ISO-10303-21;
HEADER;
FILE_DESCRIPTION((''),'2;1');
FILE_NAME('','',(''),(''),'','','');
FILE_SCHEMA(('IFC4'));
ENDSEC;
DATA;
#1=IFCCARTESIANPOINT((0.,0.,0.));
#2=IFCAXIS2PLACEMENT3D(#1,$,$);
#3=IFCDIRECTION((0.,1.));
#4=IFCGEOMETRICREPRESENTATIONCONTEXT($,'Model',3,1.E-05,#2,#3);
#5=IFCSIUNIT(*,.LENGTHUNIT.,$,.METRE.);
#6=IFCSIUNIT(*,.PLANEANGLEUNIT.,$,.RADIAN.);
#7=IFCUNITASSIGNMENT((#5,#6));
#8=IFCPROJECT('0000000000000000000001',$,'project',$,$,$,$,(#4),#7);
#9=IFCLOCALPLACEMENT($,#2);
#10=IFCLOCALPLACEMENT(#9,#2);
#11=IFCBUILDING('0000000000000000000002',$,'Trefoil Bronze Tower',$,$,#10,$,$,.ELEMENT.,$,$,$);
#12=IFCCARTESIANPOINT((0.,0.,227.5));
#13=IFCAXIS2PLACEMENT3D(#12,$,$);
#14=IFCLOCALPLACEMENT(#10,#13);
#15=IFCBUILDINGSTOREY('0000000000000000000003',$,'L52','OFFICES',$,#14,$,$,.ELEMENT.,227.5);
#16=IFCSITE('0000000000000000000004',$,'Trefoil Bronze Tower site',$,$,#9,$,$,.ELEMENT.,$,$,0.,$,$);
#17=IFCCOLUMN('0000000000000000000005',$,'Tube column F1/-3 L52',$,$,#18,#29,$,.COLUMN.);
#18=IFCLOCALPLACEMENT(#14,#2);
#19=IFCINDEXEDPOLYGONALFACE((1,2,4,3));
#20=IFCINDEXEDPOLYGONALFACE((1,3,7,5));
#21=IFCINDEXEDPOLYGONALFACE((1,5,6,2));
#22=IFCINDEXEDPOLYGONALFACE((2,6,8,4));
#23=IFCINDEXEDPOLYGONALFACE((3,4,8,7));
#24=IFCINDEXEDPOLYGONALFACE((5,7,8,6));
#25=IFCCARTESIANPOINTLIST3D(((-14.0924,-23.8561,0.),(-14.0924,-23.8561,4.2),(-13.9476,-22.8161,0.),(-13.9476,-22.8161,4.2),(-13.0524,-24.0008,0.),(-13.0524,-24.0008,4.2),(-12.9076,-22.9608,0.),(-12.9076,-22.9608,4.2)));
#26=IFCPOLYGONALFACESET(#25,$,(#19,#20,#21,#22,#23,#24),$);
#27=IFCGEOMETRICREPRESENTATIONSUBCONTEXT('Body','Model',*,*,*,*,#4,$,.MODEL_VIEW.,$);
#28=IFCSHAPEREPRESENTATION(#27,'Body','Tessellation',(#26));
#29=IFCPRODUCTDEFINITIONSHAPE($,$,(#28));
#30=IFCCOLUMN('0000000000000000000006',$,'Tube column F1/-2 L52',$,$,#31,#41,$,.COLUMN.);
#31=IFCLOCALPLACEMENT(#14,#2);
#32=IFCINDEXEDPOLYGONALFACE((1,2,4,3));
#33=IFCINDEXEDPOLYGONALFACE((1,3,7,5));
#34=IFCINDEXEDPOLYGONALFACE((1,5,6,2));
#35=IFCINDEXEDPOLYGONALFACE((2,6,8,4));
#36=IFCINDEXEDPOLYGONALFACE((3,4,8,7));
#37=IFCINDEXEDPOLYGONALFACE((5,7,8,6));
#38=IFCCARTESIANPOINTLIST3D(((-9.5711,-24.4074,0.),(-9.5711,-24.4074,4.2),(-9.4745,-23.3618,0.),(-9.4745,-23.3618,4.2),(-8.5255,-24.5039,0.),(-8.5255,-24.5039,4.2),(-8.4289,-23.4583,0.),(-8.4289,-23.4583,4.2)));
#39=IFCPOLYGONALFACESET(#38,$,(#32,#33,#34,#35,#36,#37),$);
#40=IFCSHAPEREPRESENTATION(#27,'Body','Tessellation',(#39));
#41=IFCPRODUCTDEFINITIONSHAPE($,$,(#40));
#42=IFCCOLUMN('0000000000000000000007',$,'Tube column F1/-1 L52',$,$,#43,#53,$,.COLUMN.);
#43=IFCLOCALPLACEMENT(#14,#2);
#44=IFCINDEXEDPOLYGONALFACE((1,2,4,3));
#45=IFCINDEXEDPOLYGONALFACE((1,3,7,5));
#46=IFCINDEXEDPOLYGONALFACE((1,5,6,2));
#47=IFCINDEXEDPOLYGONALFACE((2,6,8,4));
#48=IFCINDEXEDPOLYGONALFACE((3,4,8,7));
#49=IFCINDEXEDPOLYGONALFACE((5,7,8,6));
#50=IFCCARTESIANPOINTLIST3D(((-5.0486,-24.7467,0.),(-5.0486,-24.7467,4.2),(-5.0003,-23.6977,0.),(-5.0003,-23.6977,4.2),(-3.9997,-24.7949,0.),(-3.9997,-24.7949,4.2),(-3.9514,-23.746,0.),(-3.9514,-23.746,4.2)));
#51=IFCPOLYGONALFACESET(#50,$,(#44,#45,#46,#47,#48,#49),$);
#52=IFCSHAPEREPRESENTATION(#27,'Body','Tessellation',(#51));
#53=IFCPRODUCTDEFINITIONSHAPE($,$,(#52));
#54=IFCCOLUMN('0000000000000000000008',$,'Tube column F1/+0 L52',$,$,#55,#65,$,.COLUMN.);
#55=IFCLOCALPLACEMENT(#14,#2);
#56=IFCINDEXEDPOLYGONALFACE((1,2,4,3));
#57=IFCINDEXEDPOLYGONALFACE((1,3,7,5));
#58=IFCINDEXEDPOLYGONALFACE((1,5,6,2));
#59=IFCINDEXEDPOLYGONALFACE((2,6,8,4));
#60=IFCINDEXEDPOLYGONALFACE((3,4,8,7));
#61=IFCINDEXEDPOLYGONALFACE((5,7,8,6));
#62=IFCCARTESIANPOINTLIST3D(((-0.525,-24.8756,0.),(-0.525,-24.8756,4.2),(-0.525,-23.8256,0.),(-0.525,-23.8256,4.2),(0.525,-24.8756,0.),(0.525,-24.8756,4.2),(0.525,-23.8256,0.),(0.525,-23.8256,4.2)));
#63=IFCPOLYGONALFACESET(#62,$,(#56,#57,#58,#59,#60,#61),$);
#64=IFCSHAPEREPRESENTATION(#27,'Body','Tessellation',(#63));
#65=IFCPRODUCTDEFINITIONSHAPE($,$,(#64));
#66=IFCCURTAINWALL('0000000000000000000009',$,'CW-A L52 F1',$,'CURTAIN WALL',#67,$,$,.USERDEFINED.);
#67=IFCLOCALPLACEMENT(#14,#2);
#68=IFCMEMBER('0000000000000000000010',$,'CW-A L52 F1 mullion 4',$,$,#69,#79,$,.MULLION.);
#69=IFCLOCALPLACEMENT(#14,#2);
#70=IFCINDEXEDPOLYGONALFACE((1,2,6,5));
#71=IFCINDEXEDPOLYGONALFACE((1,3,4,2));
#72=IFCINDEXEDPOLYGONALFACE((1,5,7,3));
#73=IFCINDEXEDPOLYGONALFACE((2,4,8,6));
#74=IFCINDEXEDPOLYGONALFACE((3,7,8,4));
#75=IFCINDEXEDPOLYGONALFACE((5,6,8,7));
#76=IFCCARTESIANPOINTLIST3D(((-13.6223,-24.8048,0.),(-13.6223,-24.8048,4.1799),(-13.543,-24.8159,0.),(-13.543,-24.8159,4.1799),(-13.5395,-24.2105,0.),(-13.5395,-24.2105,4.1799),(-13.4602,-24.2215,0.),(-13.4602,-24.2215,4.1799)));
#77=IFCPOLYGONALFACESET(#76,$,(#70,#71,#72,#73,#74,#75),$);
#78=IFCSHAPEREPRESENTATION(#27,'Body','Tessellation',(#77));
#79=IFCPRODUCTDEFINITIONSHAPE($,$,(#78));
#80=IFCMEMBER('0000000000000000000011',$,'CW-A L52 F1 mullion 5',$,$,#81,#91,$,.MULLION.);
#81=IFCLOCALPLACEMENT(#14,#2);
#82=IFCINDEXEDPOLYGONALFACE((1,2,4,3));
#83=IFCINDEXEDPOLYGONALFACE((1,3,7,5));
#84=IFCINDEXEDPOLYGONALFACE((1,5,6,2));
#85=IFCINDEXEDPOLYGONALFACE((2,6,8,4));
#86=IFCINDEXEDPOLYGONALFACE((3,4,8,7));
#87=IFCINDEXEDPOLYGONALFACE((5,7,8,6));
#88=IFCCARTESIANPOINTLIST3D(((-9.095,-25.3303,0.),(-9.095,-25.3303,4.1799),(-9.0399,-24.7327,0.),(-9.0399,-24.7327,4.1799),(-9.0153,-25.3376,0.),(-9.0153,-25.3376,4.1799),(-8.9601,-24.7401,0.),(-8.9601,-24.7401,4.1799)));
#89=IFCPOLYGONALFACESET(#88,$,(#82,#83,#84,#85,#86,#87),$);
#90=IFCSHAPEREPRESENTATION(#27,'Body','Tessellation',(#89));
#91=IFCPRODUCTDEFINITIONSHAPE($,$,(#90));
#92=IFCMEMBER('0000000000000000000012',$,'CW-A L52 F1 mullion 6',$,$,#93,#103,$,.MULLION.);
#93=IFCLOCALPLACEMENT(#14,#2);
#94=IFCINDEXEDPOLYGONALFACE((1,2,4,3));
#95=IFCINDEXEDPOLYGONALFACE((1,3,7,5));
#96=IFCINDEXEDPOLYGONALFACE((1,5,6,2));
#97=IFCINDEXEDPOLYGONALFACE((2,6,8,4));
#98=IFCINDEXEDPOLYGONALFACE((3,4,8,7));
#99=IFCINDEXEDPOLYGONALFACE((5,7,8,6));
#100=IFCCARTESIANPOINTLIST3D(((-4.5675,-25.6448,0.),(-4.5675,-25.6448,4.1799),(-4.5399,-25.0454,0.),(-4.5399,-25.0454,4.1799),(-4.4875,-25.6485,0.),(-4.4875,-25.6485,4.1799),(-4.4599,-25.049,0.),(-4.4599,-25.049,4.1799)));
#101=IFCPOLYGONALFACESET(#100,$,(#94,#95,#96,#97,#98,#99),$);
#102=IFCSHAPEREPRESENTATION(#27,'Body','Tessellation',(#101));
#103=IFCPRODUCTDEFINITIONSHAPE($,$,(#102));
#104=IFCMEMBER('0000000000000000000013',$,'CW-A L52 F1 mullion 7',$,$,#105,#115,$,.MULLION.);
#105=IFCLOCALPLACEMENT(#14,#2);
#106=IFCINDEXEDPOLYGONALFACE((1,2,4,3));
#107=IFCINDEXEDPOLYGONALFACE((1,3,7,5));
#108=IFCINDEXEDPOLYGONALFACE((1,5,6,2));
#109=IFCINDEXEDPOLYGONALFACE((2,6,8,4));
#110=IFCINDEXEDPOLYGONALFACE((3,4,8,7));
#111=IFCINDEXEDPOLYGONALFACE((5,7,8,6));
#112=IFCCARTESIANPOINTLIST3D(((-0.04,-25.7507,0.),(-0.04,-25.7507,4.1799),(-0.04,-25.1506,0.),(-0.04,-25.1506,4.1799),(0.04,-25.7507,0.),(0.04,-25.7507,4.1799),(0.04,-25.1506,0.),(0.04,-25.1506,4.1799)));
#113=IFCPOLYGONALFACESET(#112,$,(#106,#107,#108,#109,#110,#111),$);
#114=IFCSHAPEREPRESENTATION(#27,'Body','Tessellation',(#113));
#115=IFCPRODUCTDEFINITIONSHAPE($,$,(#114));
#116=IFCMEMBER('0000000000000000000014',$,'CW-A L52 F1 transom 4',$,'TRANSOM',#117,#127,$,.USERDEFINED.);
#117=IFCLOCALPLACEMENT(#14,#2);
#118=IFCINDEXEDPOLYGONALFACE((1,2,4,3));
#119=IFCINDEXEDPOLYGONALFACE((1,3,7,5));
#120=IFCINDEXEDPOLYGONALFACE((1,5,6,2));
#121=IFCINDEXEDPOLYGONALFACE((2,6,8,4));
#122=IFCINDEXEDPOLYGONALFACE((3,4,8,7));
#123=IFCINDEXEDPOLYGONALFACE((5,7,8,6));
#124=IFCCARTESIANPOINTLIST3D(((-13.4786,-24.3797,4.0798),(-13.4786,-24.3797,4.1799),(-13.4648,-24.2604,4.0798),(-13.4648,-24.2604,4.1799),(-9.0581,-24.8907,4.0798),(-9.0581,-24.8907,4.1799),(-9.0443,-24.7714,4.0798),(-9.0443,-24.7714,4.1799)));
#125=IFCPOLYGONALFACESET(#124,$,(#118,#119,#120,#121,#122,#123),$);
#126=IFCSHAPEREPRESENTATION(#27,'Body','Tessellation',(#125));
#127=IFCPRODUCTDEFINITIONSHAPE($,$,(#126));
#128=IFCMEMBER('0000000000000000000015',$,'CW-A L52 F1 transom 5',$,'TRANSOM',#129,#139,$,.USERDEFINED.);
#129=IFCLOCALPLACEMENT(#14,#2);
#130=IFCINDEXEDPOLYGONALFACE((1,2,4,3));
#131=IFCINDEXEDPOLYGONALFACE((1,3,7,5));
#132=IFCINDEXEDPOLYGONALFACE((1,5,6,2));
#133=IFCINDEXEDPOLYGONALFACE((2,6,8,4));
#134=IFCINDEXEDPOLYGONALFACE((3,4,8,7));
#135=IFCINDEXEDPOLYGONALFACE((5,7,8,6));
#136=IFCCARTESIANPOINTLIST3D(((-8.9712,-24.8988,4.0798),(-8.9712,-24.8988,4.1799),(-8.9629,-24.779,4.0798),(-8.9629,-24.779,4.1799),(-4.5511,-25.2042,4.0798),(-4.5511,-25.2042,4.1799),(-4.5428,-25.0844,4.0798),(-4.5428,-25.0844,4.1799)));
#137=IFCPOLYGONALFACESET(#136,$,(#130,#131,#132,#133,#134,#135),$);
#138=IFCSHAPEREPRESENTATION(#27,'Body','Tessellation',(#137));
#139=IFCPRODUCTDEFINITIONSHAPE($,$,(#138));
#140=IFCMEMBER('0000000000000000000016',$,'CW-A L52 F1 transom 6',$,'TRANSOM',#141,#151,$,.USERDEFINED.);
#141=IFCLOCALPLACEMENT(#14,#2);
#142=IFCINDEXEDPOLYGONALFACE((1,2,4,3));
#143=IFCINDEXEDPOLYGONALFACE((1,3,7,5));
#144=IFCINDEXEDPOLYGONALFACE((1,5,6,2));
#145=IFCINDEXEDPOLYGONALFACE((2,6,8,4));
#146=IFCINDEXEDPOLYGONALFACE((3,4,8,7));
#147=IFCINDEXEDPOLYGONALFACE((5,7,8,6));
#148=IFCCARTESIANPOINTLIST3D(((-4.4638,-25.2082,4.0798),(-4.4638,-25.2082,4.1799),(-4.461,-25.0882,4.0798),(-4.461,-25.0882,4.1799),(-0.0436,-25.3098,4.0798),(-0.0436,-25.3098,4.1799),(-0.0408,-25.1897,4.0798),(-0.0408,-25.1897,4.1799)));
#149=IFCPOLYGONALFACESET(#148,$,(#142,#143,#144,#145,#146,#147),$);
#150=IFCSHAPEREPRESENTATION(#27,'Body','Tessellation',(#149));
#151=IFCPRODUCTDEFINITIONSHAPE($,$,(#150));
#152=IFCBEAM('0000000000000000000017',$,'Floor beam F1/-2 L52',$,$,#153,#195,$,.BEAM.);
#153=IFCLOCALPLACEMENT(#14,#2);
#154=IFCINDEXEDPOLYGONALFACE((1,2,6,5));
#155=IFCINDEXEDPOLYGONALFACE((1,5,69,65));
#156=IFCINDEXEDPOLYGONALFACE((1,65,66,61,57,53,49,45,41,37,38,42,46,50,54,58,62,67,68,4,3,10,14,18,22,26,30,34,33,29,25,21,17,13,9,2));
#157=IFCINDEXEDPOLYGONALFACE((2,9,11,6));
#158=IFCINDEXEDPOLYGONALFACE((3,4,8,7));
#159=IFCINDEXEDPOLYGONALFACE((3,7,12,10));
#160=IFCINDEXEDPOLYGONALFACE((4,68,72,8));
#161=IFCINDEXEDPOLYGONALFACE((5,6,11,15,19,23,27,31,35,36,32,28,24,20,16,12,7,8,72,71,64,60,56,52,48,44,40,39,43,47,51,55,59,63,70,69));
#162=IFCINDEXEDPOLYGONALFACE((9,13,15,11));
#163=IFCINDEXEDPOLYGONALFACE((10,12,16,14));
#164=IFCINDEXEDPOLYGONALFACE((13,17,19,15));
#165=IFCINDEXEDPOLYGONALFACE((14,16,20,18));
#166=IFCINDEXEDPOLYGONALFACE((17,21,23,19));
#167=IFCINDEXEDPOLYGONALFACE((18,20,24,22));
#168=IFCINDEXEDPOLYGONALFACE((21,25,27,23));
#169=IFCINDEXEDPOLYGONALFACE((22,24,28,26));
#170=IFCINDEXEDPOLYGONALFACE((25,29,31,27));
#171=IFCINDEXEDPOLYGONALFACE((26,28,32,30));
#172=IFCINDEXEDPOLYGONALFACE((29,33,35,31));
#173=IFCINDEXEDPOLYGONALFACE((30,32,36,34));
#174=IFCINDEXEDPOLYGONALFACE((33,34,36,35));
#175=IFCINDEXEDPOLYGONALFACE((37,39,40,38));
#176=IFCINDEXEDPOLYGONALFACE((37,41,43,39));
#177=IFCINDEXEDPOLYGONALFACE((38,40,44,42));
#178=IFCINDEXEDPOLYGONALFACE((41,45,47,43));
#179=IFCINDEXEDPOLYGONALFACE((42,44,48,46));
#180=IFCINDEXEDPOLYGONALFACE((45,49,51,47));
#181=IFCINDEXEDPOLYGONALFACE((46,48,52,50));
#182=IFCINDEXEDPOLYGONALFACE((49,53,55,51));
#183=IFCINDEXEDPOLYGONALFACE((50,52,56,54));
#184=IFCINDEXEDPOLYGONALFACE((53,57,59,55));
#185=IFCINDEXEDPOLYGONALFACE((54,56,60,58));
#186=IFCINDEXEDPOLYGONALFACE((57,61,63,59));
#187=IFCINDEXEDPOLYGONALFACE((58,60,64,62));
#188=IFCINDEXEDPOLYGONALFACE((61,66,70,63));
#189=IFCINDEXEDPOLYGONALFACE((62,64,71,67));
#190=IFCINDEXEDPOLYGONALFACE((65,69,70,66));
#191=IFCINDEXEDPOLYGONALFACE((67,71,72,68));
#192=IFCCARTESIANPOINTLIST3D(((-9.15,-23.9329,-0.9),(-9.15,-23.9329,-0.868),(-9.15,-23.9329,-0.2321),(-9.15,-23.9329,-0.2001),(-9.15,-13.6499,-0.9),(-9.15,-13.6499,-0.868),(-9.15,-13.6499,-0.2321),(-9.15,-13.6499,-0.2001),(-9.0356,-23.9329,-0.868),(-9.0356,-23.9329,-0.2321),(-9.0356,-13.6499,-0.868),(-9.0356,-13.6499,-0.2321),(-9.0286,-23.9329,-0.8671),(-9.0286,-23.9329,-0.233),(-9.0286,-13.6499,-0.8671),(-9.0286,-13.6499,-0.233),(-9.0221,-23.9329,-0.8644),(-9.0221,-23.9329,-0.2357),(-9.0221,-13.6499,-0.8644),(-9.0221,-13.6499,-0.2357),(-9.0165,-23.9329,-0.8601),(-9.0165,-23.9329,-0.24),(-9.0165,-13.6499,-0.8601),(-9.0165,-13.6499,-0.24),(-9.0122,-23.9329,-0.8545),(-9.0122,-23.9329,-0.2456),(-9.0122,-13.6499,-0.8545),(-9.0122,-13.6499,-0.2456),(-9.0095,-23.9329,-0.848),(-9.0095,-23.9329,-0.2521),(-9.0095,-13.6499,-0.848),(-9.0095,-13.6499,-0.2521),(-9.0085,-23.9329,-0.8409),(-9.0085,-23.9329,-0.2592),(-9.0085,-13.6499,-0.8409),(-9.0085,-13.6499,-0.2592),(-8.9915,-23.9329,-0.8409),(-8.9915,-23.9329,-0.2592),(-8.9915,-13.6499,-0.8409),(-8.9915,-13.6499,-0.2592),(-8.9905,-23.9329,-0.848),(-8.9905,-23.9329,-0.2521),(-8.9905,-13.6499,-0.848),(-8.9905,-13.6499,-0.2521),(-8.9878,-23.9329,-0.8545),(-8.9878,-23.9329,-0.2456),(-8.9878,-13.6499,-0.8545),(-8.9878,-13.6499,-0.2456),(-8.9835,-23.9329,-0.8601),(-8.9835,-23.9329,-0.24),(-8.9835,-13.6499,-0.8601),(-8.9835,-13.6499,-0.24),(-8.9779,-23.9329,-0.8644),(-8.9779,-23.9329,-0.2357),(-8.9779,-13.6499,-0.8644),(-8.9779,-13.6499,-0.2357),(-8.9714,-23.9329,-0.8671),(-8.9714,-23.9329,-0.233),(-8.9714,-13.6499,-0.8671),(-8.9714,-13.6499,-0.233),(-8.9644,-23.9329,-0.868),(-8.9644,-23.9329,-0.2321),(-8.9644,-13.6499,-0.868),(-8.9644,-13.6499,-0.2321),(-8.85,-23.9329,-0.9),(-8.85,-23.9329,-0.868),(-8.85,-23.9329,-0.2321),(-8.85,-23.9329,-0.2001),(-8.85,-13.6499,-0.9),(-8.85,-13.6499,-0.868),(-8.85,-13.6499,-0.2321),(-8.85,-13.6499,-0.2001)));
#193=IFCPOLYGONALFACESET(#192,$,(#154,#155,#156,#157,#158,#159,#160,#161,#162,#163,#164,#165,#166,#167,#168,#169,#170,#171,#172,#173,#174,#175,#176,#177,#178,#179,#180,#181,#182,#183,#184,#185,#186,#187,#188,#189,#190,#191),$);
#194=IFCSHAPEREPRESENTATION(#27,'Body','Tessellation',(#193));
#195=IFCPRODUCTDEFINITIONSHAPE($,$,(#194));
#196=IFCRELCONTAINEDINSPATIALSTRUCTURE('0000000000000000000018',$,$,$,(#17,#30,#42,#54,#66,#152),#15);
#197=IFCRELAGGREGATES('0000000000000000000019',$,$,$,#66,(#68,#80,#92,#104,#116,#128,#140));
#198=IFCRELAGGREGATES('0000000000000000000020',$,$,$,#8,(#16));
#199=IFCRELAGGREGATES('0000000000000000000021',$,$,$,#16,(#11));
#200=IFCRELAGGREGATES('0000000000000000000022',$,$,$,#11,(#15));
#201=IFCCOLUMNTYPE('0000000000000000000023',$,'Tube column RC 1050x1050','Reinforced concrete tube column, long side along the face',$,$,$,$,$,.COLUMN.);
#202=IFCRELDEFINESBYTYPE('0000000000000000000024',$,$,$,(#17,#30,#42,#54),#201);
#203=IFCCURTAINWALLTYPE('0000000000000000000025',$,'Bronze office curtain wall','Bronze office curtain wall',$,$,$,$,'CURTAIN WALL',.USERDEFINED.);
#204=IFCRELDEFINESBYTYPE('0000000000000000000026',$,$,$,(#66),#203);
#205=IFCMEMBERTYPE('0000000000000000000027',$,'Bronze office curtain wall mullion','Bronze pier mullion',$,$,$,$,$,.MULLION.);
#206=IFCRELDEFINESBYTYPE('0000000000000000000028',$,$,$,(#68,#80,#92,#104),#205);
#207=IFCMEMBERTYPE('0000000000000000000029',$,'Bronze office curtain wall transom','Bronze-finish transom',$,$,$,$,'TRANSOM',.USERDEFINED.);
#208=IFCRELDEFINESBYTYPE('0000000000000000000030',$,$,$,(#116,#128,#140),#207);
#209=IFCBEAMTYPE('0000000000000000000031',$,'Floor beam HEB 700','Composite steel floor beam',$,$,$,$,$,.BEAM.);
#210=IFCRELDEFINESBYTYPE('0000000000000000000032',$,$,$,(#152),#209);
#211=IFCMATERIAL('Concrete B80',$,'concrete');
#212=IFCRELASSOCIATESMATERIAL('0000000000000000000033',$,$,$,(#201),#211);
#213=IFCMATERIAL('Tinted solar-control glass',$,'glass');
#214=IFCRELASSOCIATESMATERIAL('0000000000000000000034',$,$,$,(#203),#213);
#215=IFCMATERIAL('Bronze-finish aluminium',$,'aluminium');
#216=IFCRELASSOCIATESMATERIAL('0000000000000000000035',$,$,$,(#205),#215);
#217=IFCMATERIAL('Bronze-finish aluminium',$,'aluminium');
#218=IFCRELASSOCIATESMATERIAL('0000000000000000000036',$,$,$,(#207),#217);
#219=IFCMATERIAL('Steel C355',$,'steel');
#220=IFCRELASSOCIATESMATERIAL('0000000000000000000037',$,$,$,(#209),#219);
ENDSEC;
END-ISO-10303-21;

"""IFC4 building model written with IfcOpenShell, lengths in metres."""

from ifc_helpers import new_model, si_unit, direction, frame, origin, origin_2d, place, context, subcontext, project, spatial, rectangle, i_section, extrude, material, material_profile, profile_set, type_object, element, aggregate, save


model = new_model("IFC4")

# Units and contexts
model_context = context("Model", 3, precision=1e-05, world=origin(), true_north=direction((0.0, 1.0)))
body_context = subcontext(model_context, "Body", "Model", "MODEL_VIEW")
ifc_project = project(units=[si_unit("LENGTHUNIT", "METRE"), si_unit("PLANEANGLEUNIT", "RADIAN")], contexts=[model_context])

# Site, building, storey
site_placement = place(None, origin())
site = spatial("IfcSite", under=ifc_project, at=site_placement, Name="Trefoil Bronze Tower site", CompositionType="ELEMENT", RefElevation=0.0)
building_placement = place(site_placement, origin())
building = spatial("IfcBuilding", under=site, at=building_placement, Name="Trefoil Bronze Tower", CompositionType="ELEMENT")
storey_placement = place(building_placement, frame((0.0, 0.0, 227.5)))
storey = spatial("IfcBuildingStorey", under=building, at=storey_placement, Name="L52", Description="OFFICES", CompositionType="ELEMENT", Elevation=227.5)

# Columns
ifc_material_1 = material(Name="Concrete B80", Category="concrete")
ifc_material_profile_1 = material_profile(ifc_material_1, rectangle(XDim=1.05, YDim=1.05, at=origin_2d()), Name="RC 1050x1050")
ifc_profile_set_1 = profile_set([ifc_material_profile_1], Name="Concrete B80")
column_type = type_object("IfcColumnType", Name="Tube column RC 1050x1050", Description="Reinforced concrete tube column, long side along the face", PredefinedType="COLUMN", material=ifc_profile_set_1)
for number, where, z_axis, x_axis, name in (
    (1, (-13.5, -23.4084, 0.0), (0.0, 0.0, 1.0), (0.990451, -0.137868, 0.0), "Tube column F1/-3 L52"),
    (2, (-9.0, -23.9329, 0.0), (0.0, 0.0, 1.0), (0.995767, -0.091911, 0.0), "Tube column F1/-2 L52"),
    (3, (-4.5, -24.2463, 0.0), (0.0, 0.0, 1.0), (0.998943, -0.045956, 0.0), "Tube column F1/-1 L52"),
    (4, (0.0, -24.3506, 0.0), (0.0, 0.0, 1.0), (1.0, 0.0, 0.0), "Tube column F1/+0 L52"),
):
    element("IfcColumn", number, at=place(storey_placement, frame(where, z_axis=z_axis, x_axis=x_axis)), inside=storey, type_object=column_type, Name=name, PredefinedType="COLUMN", context=body_context, shape_type="SweptSolid", body=[
        extrude(rectangle(XDim=1.05, YDim=1.05, at=origin_2d()), origin(), (0.0, 0.0, 1.0), 4.2),
    ])

# Curtain wall, members
ifc_material_2 = material(Name="Tinted solar-control glass", Category="glass")
curtain_wall_type = type_object("IfcCurtainWallType", Name="Bronze office curtain wall", Description="Bronze office curtain wall", ElementType="CURTAIN WALL", PredefinedType="USERDEFINED", material=ifc_material_2)
curtain_wall_placement = place(storey_placement, origin())
curtain_wall = element("IfcCurtainWall", 5, at=curtain_wall_placement, inside=storey, type_object=curtain_wall_type, Name="CW-A L52 F1", ObjectType="CURTAIN WALL", PredefinedType="USERDEFINED")
ifc_material_3 = material(Name="Bronze-finish aluminium", Category="aluminium")
ifc_material_profile_2 = material_profile(ifc_material_3, rectangle(XDim=0.6001, YDim=0.0801, at=origin_2d()), Name="CW-A mullion")
ifc_profile_set_2 = profile_set([ifc_material_profile_2], Name="Bronze-finish aluminium")
member_type_1 = type_object("IfcMemberType", Name="Bronze office curtain wall mullion", Description="Bronze pier mullion", PredefinedType="MULLION", material=ifc_profile_set_2)
member_1_placement = place(storey_placement, frame((-13.5413, -24.5132, 0.0), z_axis=(0.0, 0.0, 1.0), x_axis=(0.137868, 0.990451, 0.0)))
member_1 = element("IfcMember", 6, at=member_1_placement, type_object=member_type_1, Name="CW-A L52 F1 mullion 4", PredefinedType="MULLION", context=body_context, shape_type="SweptSolid", body=[
    extrude(rectangle(XDim=0.6001, YDim=0.0801, at=origin_2d()), origin(), (0.0, 0.0, 1.0), 4.1799),
])
member_2_placement = place(storey_placement, frame((-9.0276, -25.0352, 0.0), z_axis=(0.0, 0.0, 1.0), x_axis=(0.091911, 0.995767, 0.0)))
member_2 = element("IfcMember", 7, at=member_2_placement, type_object=member_type_1, Name="CW-A L52 F1 mullion 5", PredefinedType="MULLION", context=body_context, shape_type="SweptSolid", body=[
    extrude(rectangle(XDim=0.6001, YDim=0.0801, at=origin_2d()), origin(), (0.0, 0.0, 1.0), 4.1799),
])
member_3_placement = place(storey_placement, frame((-4.5137, -25.3469, 0.0), z_axis=(0.0, 0.0, 1.0), x_axis=(0.045956, 0.998943, 0.0)))
member_3 = element("IfcMember", 8, at=member_3_placement, type_object=member_type_1, Name="CW-A L52 F1 mullion 6", PredefinedType="MULLION", context=body_context, shape_type="SweptSolid", body=[
    extrude(rectangle(XDim=0.6001, YDim=0.0801, at=origin_2d()), origin(), (0.0, 0.0, 1.0), 4.1799),
])
member_4_placement = place(storey_placement, frame((0.0, -25.4507, 0.0), z_axis=(0.0, 0.0, 1.0), x_axis=(0.0, 1.0, 0.0)))
member_4 = element("IfcMember", 9, at=member_4_placement, type_object=member_type_1, Name="CW-A L52 F1 mullion 7", PredefinedType="MULLION", context=body_context, shape_type="SweptSolid", body=[
    extrude(rectangle(XDim=0.6001, YDim=0.0801, at=origin_2d()), origin(), (0.0, 0.0, 1.0), 4.1799),
])
ifc_material_4 = material(Name="Bronze-finish aluminium", Category="aluminium")
ifc_material_profile_3 = material_profile(ifc_material_4, rectangle(XDim=0.1201, YDim=0.1001, at=origin_2d()), Name="CW-A transom")
ifc_profile_set_3 = profile_set([ifc_material_profile_3], Name="Bronze-finish aluminium")
member_type_2 = type_object("IfcMemberType", Name="Bronze office curtain wall transom", Description="Bronze-finish transom", ElementType="TRANSOM", PredefinedType="USERDEFINED", material=ifc_profile_set_3)
member_5_placement = place(storey_placement, frame((-13.4717, -24.3201, 4.1299), z_axis=(0.993385, -0.114832, 0.0), x_axis=(0.114832, 0.993385, 0.0)))
member_5 = element("IfcMember", 10, at=member_5_placement, type_object=member_type_2, Name="CW-A L52 F1 transom 4", ObjectType="TRANSOM", PredefinedType="USERDEFINED", context=body_context, shape_type="SweptSolid", body=[
    extrude(rectangle(XDim=0.1201, YDim=0.1001, at=origin_2d()), origin(), (0.0, 0.0, 1.0), 4.45),
])
member_6_placement = place(storey_placement, frame((-8.967, -24.8389, 4.1299), z_axis=(0.997621, -0.068933, 0.0), x_axis=(0.068933, 0.997621, 0.0)))
member_6 = element("IfcMember", 11, at=member_6_placement, type_object=member_type_2, Name="CW-A L52 F1 transom 5", ObjectType="TRANSOM", PredefinedType="USERDEFINED", context=body_context, shape_type="SweptSolid", body=[
    extrude(rectangle(XDim=0.1201, YDim=0.1001, at=origin_2d()), origin(), (0.0, 0.0, 1.0), 4.4307),
])
member_7_placement = place(storey_placement, frame((-4.4624, -25.1482, 4.1299), z_axis=(0.999736, -0.022971, 0.0), x_axis=(0.022971, 0.999736, 0.0)))
member_7 = element("IfcMember", 12, at=member_7_placement, type_object=member_type_2, Name="CW-A L52 F1 transom 6", ObjectType="TRANSOM", PredefinedType="USERDEFINED", context=body_context, shape_type="SweptSolid", body=[
    extrude(rectangle(XDim=0.1201, YDim=0.1001, at=origin_2d()), origin(), (0.0, 0.0, 1.0), 4.4214),
])

# Beam
ifc_material_5 = material(Name="Steel C355", Category="steel")
ifc_material_profile_4 = material_profile(ifc_material_5, i_section(OverallWidth=0.3, OverallDepth=0.7, WebThickness=0.0171, FlangeThickness=0.032, FilletRadius=0.0271, at=origin_2d()), Name="HEB 700")
ifc_profile_set_4 = profile_set([ifc_material_profile_4], Name="Steel C355")
beam_type_1 = type_object("IfcBeamType", Name="Floor beam HEB 700", Description="Composite steel floor beam", PredefinedType="BEAM", material=ifc_profile_set_4)
beam_1_placement = place(storey_placement, frame((-9.0, -23.9329, -0.55), z_axis=(0.0, 1.0, 0.0), x_axis=(-1.0, 0.0, 0.0)))
element("IfcBeam", 13, at=beam_1_placement, inside=storey, type_object=beam_type_1, Name="Floor beam F1/-2 L52", PredefinedType="BEAM", context=body_context, shape_type="SweptSolid", body=[
    extrude(i_section(OverallWidth=0.3, OverallDepth=0.7, WebThickness=0.0171, FlangeThickness=0.032, FilletRadius=0.0271, at=origin_2d()), origin(), (0.0, 0.0, 1.0), 10.283),
])

aggregate(curtain_wall, [member_1, member_2, member_3, member_4, member_5, member_6, member_7])

save(model, "model.ifc")
